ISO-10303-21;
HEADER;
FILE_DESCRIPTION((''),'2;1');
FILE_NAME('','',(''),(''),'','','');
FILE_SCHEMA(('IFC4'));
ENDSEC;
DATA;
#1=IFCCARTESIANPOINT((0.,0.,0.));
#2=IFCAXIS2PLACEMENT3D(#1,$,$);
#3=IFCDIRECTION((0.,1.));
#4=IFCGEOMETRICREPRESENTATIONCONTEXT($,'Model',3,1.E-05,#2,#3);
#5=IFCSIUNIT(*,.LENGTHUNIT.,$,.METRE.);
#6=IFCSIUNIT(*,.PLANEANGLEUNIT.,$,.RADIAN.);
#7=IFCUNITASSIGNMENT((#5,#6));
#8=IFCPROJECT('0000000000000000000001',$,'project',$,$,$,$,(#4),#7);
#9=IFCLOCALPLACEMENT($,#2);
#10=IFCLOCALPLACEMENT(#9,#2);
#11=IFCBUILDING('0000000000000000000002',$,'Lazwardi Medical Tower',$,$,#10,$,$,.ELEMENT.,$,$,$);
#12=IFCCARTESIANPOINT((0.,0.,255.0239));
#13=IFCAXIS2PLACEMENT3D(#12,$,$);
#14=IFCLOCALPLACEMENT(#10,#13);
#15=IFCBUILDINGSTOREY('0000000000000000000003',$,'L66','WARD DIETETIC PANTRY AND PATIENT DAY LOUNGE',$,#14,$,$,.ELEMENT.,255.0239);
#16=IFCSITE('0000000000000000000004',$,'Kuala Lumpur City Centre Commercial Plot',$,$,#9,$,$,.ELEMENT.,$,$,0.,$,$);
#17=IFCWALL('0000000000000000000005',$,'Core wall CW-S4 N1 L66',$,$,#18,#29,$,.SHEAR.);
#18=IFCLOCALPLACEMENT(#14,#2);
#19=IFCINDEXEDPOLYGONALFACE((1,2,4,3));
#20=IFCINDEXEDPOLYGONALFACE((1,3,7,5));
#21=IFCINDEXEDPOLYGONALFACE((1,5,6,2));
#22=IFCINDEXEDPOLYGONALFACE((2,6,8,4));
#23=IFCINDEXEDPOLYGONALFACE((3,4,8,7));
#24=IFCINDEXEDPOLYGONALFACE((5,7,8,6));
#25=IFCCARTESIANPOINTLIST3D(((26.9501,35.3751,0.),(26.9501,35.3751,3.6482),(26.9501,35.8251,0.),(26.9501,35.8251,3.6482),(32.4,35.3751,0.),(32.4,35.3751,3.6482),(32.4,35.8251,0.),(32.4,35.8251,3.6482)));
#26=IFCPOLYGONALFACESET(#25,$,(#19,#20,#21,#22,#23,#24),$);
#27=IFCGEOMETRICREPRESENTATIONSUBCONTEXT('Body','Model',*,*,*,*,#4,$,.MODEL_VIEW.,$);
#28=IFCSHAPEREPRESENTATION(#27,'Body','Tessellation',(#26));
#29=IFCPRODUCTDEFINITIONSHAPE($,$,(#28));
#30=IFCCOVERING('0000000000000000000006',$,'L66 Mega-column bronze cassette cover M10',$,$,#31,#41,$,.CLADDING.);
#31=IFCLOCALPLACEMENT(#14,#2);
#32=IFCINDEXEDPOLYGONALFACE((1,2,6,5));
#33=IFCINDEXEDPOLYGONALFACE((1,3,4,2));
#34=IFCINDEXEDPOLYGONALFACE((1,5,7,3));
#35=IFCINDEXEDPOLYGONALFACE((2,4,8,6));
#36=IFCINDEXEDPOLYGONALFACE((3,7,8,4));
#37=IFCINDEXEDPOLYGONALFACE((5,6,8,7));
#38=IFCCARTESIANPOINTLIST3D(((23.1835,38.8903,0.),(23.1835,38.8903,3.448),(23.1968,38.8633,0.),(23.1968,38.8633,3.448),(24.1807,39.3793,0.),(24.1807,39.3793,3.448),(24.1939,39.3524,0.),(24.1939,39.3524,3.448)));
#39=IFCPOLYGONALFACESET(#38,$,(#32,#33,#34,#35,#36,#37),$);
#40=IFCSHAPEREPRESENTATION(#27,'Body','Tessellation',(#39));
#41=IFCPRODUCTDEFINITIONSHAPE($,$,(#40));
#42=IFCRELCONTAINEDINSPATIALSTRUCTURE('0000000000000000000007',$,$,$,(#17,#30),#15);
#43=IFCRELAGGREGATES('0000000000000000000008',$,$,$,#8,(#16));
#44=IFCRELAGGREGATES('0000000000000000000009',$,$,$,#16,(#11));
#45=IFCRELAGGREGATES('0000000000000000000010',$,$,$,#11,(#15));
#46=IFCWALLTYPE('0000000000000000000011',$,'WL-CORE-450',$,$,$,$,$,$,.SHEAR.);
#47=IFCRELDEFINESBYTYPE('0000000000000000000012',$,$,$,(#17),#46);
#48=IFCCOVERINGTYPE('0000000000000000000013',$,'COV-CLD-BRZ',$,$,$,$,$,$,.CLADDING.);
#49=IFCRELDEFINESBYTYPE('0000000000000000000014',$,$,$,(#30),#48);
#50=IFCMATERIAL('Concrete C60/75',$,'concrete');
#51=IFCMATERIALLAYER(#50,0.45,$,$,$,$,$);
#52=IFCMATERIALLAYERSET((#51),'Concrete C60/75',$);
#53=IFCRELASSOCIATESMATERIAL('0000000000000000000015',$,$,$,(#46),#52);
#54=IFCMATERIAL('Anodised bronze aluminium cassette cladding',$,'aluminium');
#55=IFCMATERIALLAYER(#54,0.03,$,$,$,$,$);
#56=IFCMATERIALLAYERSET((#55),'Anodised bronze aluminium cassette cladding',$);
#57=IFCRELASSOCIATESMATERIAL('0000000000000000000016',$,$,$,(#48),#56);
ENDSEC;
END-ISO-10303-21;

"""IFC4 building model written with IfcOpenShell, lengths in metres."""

from ifc_helpers import new_model, si_unit, direction, frame, frame_2d, origin, origin_2d, place, context, subcontext, project, spatial, rectangle, extrude, material, layer, layer_set, type_object, element, save


model = new_model("IFC4")

# Units and contexts
model_context = context("Model", 3, precision=1e-05, world=origin(), true_north=direction((0.0, 1.0)))
body_context = subcontext(model_context, "Body", "Model", "MODEL_VIEW")
ifc_project = project(units=[si_unit("LENGTHUNIT", "METRE"), si_unit("PLANEANGLEUNIT", "RADIAN")], contexts=[model_context])

# Site, building, storey
site_placement = place(None, origin())
site = spatial("IfcSite", under=ifc_project, at=site_placement, Name="Kuala Lumpur City Centre Commercial Plot", CompositionType="ELEMENT", RefElevation=0.0)
building_placement = place(site_placement, origin())
building = spatial("IfcBuilding", under=site, at=building_placement, Name="Lazwardi Medical Tower", CompositionType="ELEMENT")
storey_placement = place(building_placement, frame((0.0, 0.0, 255.0239)))
storey = spatial("IfcBuildingStorey", under=building, at=storey_placement, Name="L66", Description="WARD DIETETIC PANTRY AND PATIENT DAY LOUNGE", CompositionType="ELEMENT", Elevation=255.0239)

# Shared definitions
ifc_material_1 = material(Name="Concrete C60/75", Category="concrete")

# Wall
ifc_layer_1 = layer(ifc_material_1, 0.45)
ifc_layer_set_1 = layer_set([ifc_layer_1], Name="Concrete C60/75")
wall_type_1 = type_object("IfcWallType", Name="WL-CORE-450", PredefinedType="SHEAR", material=ifc_layer_set_1)
wall_1_placement = place(storey_placement, frame((26.95, 35.6001, 0.0), z_axis=(0.0, 0.0, 1.0), x_axis=(1.0, 0.0, 0.0)))
element("IfcWall", 1, at=wall_1_placement, inside=storey, type_object=wall_type_1, Name="Core wall CW-S4 N1 L66", PredefinedType="SHEAR", context=body_context, shape_type="SweptSolid", body=[
    extrude(rectangle(XDim=5.45, YDim=0.45, at=frame_2d((2.7251, 0.0))), origin(), (0.0, 0.0, 1.0), 3.6482),
])

# Covering
ifc_material_2 = material(Name="Anodised bronze aluminium cassette cladding", Category="aluminium")
ifc_layer_2 = layer(ifc_material_2, 0.03)
ifc_layer_set_2 = layer_set([ifc_layer_2], Name="Anodised bronze aluminium cassette cladding")
covering_type = type_object("IfcCoveringType", Name="COV-CLD-BRZ", PredefinedType="CLADDING", material=ifc_layer_set_2)
covering_placement = place(storey_placement, frame((23.6887, 39.1213, 0.0), z_axis=(0.0, 0.0, 1.0), x_axis=(-0.89784, -0.440322, 0.0)))
element("IfcCovering", 2, at=covering_placement, inside=storey, type_object=covering_type, Name="L66 Mega-column bronze cassette cover M10", PredefinedType="CLADDING", context=body_context, shape_type="SweptSolid", body=[
    extrude(rectangle(XDim=1.1106, YDim=0.03, at=origin_2d()), origin(), (0.0, 0.0, 1.0), 3.448),
])

save(model, "model.ifc")
